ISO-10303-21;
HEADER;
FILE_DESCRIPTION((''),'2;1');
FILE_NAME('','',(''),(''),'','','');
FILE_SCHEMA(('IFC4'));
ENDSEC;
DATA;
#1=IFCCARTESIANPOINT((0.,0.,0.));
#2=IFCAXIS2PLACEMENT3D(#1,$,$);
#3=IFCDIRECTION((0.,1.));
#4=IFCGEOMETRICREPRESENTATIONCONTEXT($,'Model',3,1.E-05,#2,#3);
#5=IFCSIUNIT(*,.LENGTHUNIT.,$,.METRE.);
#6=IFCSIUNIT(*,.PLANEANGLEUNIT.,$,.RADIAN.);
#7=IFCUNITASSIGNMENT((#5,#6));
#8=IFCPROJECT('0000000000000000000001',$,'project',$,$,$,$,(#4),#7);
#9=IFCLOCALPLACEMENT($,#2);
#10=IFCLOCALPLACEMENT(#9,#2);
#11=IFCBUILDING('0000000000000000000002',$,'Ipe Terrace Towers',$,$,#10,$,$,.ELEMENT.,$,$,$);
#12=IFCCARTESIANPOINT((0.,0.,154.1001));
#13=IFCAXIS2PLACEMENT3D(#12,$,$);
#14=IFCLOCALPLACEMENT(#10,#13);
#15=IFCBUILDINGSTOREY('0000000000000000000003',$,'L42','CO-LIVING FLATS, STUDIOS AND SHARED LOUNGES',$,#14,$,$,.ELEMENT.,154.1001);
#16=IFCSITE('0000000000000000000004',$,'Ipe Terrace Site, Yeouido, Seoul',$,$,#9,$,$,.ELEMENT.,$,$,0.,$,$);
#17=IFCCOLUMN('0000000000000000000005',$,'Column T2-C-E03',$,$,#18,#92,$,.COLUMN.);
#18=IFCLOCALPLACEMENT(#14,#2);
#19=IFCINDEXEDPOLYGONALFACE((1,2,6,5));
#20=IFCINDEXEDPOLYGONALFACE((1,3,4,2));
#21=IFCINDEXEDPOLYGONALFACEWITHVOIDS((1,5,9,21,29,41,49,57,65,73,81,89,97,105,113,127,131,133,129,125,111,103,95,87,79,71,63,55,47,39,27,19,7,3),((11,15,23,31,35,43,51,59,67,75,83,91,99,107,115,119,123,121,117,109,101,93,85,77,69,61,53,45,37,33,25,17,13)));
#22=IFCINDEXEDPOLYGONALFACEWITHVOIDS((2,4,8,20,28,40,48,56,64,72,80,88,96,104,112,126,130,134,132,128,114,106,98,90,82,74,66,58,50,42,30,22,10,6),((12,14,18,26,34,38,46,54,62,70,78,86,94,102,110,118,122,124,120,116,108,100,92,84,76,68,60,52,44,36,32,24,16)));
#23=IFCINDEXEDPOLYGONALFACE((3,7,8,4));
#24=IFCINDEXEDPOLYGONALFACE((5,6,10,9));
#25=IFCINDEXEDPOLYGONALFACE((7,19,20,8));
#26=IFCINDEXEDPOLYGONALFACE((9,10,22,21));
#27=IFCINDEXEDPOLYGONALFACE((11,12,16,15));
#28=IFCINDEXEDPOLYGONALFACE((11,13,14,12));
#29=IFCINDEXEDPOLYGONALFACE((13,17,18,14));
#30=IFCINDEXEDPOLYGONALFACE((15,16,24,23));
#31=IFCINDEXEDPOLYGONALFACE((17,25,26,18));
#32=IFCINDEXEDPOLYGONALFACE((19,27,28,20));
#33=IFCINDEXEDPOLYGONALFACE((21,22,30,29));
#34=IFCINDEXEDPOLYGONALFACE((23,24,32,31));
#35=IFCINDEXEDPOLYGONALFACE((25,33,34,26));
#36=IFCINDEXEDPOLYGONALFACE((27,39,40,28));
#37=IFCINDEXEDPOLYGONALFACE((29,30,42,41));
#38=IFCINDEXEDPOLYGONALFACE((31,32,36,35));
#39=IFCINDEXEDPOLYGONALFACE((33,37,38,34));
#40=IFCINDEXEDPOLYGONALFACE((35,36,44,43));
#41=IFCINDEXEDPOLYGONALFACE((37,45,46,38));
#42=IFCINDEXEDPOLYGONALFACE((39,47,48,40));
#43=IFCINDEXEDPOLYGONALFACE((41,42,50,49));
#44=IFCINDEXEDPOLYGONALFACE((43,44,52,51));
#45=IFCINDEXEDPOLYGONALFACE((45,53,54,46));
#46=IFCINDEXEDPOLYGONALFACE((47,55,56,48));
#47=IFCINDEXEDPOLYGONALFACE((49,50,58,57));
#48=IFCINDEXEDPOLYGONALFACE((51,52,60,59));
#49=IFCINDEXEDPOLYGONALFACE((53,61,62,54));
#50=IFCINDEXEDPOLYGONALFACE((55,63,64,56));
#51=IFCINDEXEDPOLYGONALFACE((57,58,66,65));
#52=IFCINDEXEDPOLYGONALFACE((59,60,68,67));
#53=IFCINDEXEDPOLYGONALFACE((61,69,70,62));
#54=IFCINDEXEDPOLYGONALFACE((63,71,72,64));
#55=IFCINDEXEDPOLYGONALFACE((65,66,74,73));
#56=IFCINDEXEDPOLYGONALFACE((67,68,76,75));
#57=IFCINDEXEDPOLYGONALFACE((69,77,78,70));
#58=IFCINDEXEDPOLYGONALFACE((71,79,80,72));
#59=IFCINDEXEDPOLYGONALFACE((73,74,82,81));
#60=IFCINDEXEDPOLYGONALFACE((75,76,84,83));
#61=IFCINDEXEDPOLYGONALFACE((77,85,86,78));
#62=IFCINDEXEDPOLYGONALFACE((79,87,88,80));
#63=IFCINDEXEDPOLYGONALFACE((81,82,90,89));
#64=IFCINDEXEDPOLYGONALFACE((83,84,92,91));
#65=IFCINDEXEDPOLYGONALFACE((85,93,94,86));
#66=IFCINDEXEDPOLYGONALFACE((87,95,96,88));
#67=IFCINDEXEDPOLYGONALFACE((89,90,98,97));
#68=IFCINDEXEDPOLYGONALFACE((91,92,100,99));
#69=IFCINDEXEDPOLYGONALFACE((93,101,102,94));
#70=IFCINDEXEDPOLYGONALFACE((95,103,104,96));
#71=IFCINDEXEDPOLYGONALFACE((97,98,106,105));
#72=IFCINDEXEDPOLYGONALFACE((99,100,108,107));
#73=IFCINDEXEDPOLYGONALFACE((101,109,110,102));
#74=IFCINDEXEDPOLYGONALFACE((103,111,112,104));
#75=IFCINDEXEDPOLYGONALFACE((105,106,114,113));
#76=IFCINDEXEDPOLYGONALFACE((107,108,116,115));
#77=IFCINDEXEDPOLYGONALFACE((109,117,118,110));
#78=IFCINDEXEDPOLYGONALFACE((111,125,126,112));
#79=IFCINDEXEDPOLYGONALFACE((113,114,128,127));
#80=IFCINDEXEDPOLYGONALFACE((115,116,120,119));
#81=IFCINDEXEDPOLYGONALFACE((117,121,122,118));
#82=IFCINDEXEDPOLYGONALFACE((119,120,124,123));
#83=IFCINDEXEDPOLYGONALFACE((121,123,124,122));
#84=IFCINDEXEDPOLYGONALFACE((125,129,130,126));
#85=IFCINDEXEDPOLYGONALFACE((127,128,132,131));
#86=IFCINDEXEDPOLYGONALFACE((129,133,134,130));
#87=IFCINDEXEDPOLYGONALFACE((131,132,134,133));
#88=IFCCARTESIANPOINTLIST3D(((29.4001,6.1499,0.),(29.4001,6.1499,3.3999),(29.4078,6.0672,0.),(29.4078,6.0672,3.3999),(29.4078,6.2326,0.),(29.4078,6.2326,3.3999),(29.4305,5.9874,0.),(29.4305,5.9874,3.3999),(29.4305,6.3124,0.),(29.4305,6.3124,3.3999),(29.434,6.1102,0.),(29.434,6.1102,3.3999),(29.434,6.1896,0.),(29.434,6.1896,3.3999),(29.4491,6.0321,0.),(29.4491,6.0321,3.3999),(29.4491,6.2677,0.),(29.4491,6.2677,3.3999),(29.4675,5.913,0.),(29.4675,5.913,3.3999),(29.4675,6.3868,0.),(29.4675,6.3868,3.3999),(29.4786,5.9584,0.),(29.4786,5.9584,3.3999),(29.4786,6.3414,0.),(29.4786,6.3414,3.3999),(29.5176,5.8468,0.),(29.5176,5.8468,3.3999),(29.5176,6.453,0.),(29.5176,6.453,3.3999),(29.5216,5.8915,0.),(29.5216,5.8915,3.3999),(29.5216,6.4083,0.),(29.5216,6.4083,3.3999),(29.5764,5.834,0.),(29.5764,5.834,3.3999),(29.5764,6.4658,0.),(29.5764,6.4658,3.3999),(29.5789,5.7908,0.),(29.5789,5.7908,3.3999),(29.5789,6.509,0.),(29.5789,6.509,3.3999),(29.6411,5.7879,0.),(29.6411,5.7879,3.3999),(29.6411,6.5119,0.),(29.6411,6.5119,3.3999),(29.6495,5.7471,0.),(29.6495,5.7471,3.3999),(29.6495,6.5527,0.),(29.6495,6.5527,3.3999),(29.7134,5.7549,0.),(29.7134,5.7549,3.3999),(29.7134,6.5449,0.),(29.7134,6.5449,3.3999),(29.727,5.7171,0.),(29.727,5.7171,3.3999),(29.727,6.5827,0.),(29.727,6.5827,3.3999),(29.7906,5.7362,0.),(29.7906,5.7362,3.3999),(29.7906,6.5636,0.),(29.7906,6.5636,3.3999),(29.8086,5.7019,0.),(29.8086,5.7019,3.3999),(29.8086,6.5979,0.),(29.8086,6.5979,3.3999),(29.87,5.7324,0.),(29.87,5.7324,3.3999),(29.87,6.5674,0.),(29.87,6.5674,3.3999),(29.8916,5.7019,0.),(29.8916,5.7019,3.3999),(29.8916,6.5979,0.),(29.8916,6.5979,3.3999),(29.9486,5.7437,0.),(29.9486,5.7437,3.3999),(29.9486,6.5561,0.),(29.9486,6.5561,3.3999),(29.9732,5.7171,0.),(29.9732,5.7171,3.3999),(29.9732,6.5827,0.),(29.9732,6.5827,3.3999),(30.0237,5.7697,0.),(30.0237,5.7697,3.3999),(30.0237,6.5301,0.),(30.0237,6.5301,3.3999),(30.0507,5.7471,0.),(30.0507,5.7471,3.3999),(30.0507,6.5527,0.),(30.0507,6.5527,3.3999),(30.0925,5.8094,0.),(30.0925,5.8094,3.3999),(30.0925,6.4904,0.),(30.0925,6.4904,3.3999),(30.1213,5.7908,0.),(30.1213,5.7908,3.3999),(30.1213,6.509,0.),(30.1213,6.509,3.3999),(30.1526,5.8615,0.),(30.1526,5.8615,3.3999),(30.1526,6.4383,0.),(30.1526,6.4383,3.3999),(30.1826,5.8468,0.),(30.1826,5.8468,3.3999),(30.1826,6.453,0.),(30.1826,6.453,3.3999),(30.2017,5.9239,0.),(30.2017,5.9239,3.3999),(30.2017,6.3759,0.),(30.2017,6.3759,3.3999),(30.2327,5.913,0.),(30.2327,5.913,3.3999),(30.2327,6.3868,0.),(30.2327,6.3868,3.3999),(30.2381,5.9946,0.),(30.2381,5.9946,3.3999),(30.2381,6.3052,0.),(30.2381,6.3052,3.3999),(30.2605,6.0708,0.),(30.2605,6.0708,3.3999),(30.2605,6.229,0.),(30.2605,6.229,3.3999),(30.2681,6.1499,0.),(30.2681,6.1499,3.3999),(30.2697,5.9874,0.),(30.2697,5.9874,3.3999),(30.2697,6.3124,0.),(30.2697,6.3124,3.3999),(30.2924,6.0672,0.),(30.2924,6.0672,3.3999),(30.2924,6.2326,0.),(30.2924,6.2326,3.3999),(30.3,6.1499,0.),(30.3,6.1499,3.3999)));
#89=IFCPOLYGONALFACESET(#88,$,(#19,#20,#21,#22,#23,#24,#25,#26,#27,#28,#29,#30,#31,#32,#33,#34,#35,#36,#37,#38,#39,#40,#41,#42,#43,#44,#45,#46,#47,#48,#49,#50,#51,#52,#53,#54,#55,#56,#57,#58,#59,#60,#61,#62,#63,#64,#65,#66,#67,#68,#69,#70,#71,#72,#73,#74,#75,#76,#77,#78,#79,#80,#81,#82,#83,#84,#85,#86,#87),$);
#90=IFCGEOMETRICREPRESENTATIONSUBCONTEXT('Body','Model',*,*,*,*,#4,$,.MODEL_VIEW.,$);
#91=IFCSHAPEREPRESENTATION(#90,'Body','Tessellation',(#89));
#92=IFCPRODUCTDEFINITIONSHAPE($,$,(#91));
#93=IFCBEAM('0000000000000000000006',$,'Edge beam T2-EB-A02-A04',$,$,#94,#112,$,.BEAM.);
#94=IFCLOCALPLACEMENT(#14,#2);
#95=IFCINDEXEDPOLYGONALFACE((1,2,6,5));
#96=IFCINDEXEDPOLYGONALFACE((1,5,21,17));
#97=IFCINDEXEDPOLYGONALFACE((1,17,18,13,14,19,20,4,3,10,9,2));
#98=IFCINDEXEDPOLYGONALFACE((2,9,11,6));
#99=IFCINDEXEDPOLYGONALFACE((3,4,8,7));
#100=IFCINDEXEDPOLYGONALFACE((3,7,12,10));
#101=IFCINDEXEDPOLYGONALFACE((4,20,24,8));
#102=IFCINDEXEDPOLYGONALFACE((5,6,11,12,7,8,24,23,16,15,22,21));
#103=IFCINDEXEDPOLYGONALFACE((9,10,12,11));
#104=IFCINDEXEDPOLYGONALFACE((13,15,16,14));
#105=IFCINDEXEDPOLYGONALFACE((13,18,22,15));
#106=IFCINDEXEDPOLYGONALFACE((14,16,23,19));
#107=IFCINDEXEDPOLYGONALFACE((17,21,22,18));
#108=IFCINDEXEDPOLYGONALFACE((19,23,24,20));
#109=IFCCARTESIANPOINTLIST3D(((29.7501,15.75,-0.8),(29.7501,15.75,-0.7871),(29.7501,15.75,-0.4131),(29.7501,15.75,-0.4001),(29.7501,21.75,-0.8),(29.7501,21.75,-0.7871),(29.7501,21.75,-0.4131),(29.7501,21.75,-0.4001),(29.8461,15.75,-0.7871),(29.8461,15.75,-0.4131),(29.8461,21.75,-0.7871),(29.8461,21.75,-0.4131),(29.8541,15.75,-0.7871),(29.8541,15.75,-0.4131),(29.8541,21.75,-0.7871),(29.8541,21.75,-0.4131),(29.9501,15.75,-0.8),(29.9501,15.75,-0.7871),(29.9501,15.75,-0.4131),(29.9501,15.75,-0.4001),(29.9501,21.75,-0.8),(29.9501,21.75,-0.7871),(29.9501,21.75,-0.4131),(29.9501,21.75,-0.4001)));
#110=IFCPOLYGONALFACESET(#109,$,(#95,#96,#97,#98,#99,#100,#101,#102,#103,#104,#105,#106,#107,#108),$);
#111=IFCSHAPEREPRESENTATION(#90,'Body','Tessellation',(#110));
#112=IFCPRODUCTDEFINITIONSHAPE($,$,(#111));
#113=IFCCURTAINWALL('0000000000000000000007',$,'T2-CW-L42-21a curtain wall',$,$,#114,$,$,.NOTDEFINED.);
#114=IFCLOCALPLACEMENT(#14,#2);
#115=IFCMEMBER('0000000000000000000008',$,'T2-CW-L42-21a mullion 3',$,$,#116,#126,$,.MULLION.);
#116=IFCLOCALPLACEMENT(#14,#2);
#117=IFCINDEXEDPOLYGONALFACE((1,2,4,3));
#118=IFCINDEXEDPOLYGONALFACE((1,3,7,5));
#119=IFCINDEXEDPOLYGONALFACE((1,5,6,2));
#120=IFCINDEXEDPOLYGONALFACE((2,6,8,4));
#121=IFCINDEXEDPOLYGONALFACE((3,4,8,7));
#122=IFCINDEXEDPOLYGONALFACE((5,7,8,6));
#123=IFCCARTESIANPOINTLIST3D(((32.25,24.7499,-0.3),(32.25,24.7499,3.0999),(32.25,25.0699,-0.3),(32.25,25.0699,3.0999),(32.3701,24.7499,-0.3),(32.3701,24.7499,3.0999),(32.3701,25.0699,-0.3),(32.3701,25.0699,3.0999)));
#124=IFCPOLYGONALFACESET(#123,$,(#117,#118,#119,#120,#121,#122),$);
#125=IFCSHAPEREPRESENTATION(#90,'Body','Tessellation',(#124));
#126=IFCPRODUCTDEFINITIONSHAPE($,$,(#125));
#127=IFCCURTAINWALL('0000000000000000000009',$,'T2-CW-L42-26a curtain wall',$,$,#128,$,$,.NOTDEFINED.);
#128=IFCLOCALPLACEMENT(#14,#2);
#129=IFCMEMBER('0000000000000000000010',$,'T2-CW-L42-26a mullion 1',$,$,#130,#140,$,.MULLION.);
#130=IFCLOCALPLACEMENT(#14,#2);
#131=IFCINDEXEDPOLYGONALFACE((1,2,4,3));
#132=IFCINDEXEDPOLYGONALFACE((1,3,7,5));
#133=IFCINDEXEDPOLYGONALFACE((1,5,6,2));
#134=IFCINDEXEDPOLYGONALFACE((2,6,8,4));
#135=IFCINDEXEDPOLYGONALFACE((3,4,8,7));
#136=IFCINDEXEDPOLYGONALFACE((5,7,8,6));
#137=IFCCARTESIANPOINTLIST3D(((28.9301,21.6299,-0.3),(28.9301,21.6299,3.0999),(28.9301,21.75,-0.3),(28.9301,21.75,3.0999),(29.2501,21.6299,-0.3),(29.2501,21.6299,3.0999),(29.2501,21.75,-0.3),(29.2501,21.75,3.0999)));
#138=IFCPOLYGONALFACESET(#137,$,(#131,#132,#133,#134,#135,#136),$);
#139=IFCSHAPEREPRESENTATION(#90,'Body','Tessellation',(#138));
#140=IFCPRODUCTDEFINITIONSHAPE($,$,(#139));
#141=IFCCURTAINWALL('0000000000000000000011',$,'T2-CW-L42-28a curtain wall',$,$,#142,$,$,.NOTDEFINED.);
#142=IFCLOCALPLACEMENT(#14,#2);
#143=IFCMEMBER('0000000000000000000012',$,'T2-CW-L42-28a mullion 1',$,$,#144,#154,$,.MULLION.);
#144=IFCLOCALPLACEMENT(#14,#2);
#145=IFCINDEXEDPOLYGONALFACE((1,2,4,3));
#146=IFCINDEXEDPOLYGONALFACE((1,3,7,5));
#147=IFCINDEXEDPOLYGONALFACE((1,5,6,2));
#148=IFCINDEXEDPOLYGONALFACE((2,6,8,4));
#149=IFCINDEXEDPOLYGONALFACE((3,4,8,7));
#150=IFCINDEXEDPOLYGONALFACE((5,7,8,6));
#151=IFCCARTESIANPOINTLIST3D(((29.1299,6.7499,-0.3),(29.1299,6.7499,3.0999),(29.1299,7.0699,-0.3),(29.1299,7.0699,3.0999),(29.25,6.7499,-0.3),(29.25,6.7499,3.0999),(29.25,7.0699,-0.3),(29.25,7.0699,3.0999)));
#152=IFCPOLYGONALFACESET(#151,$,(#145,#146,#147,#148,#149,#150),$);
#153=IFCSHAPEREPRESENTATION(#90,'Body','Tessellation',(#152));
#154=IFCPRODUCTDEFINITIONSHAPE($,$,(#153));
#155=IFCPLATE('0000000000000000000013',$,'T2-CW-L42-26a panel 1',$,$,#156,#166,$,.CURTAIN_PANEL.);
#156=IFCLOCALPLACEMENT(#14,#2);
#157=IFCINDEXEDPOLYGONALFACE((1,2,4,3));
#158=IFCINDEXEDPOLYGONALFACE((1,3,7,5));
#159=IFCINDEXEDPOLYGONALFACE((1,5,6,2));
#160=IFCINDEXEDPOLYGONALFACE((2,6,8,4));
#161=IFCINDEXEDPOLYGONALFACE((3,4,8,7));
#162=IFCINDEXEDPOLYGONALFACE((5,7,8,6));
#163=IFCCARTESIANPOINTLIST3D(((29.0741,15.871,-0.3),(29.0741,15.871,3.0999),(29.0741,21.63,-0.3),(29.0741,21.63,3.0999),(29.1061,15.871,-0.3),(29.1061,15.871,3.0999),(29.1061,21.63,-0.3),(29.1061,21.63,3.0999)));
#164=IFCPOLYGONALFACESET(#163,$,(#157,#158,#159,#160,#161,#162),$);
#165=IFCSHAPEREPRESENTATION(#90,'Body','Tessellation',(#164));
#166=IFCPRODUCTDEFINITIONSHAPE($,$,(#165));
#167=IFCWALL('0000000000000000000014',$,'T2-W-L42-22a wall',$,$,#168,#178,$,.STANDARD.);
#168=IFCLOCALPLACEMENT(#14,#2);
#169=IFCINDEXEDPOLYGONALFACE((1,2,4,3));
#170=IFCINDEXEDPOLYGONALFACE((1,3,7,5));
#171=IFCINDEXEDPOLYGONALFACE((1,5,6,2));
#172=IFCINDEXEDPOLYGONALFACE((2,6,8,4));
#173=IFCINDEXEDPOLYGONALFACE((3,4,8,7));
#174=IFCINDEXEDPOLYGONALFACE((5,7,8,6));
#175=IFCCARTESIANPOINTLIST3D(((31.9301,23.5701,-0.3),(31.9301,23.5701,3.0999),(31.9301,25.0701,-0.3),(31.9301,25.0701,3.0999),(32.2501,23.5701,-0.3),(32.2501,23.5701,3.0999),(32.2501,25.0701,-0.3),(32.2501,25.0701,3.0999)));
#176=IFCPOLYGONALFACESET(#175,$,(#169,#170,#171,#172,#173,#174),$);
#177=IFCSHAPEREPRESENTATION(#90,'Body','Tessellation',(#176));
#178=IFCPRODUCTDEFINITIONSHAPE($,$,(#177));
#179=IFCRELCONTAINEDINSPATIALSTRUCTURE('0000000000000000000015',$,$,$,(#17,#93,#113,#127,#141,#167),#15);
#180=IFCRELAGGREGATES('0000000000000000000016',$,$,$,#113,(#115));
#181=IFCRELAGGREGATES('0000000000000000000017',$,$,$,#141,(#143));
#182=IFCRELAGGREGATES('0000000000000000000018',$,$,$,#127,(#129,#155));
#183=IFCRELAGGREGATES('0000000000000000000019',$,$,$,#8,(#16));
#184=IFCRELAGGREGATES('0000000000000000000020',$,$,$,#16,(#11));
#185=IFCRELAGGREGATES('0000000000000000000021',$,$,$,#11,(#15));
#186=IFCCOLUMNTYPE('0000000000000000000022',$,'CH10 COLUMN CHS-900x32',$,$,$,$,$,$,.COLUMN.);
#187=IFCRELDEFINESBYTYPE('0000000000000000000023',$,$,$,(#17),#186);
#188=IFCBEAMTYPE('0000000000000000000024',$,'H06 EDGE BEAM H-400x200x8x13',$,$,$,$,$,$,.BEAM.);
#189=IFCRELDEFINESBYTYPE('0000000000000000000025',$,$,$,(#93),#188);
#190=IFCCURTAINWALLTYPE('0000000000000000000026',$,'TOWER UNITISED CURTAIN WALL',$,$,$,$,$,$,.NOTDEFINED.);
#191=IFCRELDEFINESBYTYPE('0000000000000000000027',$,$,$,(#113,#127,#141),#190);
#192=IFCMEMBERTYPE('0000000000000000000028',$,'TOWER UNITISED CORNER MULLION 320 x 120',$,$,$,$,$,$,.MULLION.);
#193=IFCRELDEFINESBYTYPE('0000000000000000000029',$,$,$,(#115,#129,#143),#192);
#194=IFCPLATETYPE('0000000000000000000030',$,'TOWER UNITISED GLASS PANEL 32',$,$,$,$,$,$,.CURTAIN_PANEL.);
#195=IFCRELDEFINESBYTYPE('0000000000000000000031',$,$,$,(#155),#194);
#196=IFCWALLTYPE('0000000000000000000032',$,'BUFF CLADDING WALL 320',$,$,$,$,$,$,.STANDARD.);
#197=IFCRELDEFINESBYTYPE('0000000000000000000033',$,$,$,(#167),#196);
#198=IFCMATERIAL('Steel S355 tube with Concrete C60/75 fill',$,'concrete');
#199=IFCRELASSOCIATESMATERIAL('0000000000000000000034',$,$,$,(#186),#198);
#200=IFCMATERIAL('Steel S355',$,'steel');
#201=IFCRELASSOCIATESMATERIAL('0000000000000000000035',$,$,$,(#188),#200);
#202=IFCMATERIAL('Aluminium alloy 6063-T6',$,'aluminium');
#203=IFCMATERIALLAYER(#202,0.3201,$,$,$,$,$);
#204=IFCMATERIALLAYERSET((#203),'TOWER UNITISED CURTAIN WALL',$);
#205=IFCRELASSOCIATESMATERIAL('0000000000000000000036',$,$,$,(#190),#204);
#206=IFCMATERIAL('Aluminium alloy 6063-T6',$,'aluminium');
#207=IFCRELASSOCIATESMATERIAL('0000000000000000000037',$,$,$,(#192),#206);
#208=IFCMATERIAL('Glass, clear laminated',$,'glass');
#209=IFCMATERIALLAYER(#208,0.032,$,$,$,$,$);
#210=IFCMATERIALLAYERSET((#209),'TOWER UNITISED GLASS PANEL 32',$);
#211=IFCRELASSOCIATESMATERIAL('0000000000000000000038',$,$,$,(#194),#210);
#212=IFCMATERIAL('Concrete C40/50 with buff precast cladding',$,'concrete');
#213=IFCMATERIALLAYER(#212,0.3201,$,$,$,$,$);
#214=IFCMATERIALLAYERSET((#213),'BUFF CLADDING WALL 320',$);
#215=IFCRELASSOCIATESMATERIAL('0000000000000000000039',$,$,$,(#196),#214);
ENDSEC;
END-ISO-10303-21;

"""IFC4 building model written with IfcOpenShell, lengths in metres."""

from ifc_helpers import new_model, si_unit, direction, frame, frame_2d, origin, origin_2d, place, context, subcontext, project, spatial, rectangle, hollow_circle, i_section, extrude, material, layer, layer_set, material_profile, profile_set, type_object, element, aggregate, save


model = new_model("IFC4")

# Units and contexts
model_context = context("Model", 3, precision=1e-05, world=origin(), true_north=direction((0.0, 1.0)))
body_context = subcontext(model_context, "Body", "Model", "MODEL_VIEW")
ifc_project = project(units=[si_unit("LENGTHUNIT", "METRE"), si_unit("PLANEANGLEUNIT", "RADIAN")], contexts=[model_context])

# Site, building, storey
site_placement = place(None, origin())
site = spatial("IfcSite", under=ifc_project, at=site_placement, Name="Ipe Terrace Site, Yeouido, Seoul", CompositionType="ELEMENT", RefElevation=0.0)
building_placement = place(site_placement, origin())
building = spatial("IfcBuilding", under=site, at=building_placement, Name="Ipe Terrace Towers", CompositionType="ELEMENT")
storey_placement = place(building_placement, frame((0.0, 0.0, 154.1001)))
storey = spatial("IfcBuildingStorey", under=building, at=storey_placement, Name="L42", Description="CO-LIVING FLATS, STUDIOS AND SHARED LOUNGES", CompositionType="ELEMENT", Elevation=154.1001)

# Column
ifc_material_1 = material(Name="Steel S355 tube with Concrete C60/75 fill", Category="concrete")
ifc_material_profile_1 = material_profile(ifc_material_1, hollow_circle(Radius=0.45, WallThickness=0.032, at=origin_2d()), Name="CHS-900x32")
ifc_profile_set_1 = profile_set([ifc_material_profile_1], Name="Steel S355 tube with Concrete C60/75 fill")
column_type_1 = type_object("IfcColumnType", Name="CH10 COLUMN CHS-900x32", PredefinedType="COLUMN", material=ifc_profile_set_1)
column_placement = place(storey_placement, frame((29.8501, 6.1499, 0.0), z_axis=(0.0, 0.0, 1.0), x_axis=(1.0, 0.0, 0.0)))
element("IfcColumn", 1, at=column_placement, inside=storey, type_object=column_type_1, Name="Column T2-C-E03", PredefinedType="COLUMN", context=body_context, shape_type="SweptSolid", body=[
    extrude(hollow_circle(Radius=0.45, WallThickness=0.032, at=origin_2d()), origin(), (0.0, 0.0, 1.0), 3.3999),
])

# Beam
ifc_material_2 = material(Name="Steel S355", Category="steel")
ifc_material_profile_2 = material_profile(ifc_material_2, i_section(OverallWidth=0.2, OverallDepth=0.3999, WebThickness=0.0081, FlangeThickness=0.0129, at=origin_2d()), Name="H-400x200x8x13")
ifc_profile_set_2 = profile_set([ifc_material_profile_2], Name="Steel S355")
beam_type = type_object("IfcBeamType", Name="H06 EDGE BEAM H-400x200x8x13", PredefinedType="BEAM", material=ifc_profile_set_2)
beam_placement = place(storey_placement, frame((29.8501, 15.75, -0.6001), z_axis=(0.0, 1.0, 0.0), x_axis=(-1.0, 0.0, 0.0)))
element("IfcBeam", 2, at=beam_placement, inside=storey, type_object=beam_type, Name="Edge beam T2-EB-A02-A04", PredefinedType="BEAM", context=body_context, shape_type="SweptSolid", body=[
    extrude(i_section(OverallWidth=0.2, OverallDepth=0.3999, WebThickness=0.0081, FlangeThickness=0.0129, at=origin_2d()), origin(), (0.0, 0.0, 1.0), 6.0),
])

# Curtain walls, members
ifc_material_3 = material(Name="Aluminium alloy 6063-T6", Category="aluminium")
ifc_layer_1 = layer(ifc_material_3, 0.3201)
ifc_layer_set_1 = layer_set([ifc_layer_1], Name="TOWER UNITISED CURTAIN WALL")
curtain_wall_type = type_object("IfcCurtainWallType", Name="TOWER UNITISED CURTAIN WALL", PredefinedType="NOTDEFINED", material=ifc_layer_set_1)
curtain_wall_1_placement = place(storey_placement, origin())
curtain_wall_1 = element("IfcCurtainWall", 3, at=curtain_wall_1_placement, inside=storey, type_object=curtain_wall_type, Name="T2-CW-L42-21a curtain wall", PredefinedType="NOTDEFINED")
ifc_material_4 = material(Name="Aluminium alloy 6063-T6", Category="aluminium")
ifc_material_profile_3 = material_profile(ifc_material_4, rectangle(XDim=0.3201, YDim=0.1201, at=origin_2d()), Name="TOWER UNITISED CORNER MULLION 320 x 120")
ifc_profile_set_3 = profile_set([ifc_material_profile_3], Name="Aluminium alloy 6063-T6")
member_type = type_object("IfcMemberType", Name="TOWER UNITISED CORNER MULLION 320 x 120", PredefinedType="MULLION", material=ifc_profile_set_3)
member_1_placement = place(storey_placement, frame((32.3101, 24.9099, -0.3), z_axis=(0.0, 0.0, 1.0), x_axis=(0.0, 1.0, 0.0)))
member_1 = element("IfcMember", 4, at=member_1_placement, type_object=member_type, Name="T2-CW-L42-21a mullion 3", PredefinedType="MULLION", context=body_context, shape_type="SweptSolid", body=[
    extrude(rectangle(XDim=0.3201, YDim=0.1201, at=origin_2d()), origin(), (0.0, 0.0, 1.0), 3.3999),
])
aggregate(curtain_wall_1, [member_1])
curtain_wall_2_placement = place(storey_placement, origin())
curtain_wall_2 = element("IfcCurtainWall", 5, at=curtain_wall_2_placement, inside=storey, type_object=curtain_wall_type, Name="T2-CW-L42-26a curtain wall", PredefinedType="NOTDEFINED")
member_2_placement = place(storey_placement, frame((29.0901, 21.6899, -0.3), z_axis=(0.0, 0.0, 1.0), x_axis=(-1.0, 0.0, 0.0)))
member_2 = element("IfcMember", 6, at=member_2_placement, type_object=member_type, Name="T2-CW-L42-26a mullion 1", PredefinedType="MULLION", context=body_context, shape_type="SweptSolid", body=[
    extrude(rectangle(XDim=0.3201, YDim=0.1201, at=origin_2d()), origin(), (0.0, 0.0, 1.0), 3.3999),
])
curtain_wall_3_placement = place(storey_placement, origin())
curtain_wall_3 = element("IfcCurtainWall", 7, at=curtain_wall_3_placement, inside=storey, type_object=curtain_wall_type, Name="T2-CW-L42-28a curtain wall", PredefinedType="NOTDEFINED")
member_3_placement = place(storey_placement, frame((29.1899, 6.9099, -0.3), z_axis=(0.0, 0.0, 1.0), x_axis=(0.0, 1.0, 0.0)))
member_3 = element("IfcMember", 8, at=member_3_placement, type_object=member_type, Name="T2-CW-L42-28a mullion 1", PredefinedType="MULLION", context=body_context, shape_type="SweptSolid", body=[
    extrude(rectangle(XDim=0.3201, YDim=0.1201, at=origin_2d()), origin(), (0.0, 0.0, 1.0), 3.3999),
])
aggregate(curtain_wall_3, [member_3])

# Plate
ifc_material_5 = material(Name="Glass, clear laminated", Category="glass")
ifc_layer_2 = layer(ifc_material_5, 0.032)
ifc_layer_set_2 = layer_set([ifc_layer_2], Name="TOWER UNITISED GLASS PANEL 32")
plate_type = type_object("IfcPlateType", Name="TOWER UNITISED GLASS PANEL 32", PredefinedType="CURTAIN_PANEL", material=ifc_layer_set_2)
plate_placement = place(storey_placement, frame((29.0901, 18.7505, -0.3), z_axis=(0.0, 0.0, 1.0), x_axis=(0.0, -1.0, 0.0)))
plate = element("IfcPlate", 9, at=plate_placement, type_object=plate_type, Name="T2-CW-L42-26a panel 1", PredefinedType="CURTAIN_PANEL", context=body_context, shape_type="SweptSolid", body=[
    extrude(rectangle(XDim=5.759, YDim=0.032, at=origin_2d()), origin(), (0.0, 0.0, 1.0), 3.3999),
])
aggregate(curtain_wall_2, [member_2, plate])

# Wall
ifc_material_6 = material(Name="Concrete C40/50 with buff precast cladding", Category="concrete")
ifc_layer_3 = layer(ifc_material_6, 0.3201)
ifc_layer_set_3 = layer_set([ifc_layer_3], Name="BUFF CLADDING WALL 320")
wall_type_1 = type_object("IfcWallType", Name="BUFF CLADDING WALL 320", PredefinedType="STANDARD", material=ifc_layer_set_3)
wall_1_placement = place(storey_placement, frame((32.0901, 25.0701, -0.3), z_axis=(0.0, 0.0, 1.0), x_axis=(0.0, -1.0, 0.0)))
element("IfcWall", 10, at=wall_1_placement, inside=storey, type_object=wall_type_1, Name="T2-W-L42-22a wall", PredefinedType="STANDARD", context=body_context, shape_type="SweptSolid", body=[
    extrude(rectangle(XDim=1.5, YDim=0.3201, at=frame_2d((0.75, 0.0))), origin(), (0.0, 0.0, 1.0), 3.3999),
])

save(model, "model.ifc")
